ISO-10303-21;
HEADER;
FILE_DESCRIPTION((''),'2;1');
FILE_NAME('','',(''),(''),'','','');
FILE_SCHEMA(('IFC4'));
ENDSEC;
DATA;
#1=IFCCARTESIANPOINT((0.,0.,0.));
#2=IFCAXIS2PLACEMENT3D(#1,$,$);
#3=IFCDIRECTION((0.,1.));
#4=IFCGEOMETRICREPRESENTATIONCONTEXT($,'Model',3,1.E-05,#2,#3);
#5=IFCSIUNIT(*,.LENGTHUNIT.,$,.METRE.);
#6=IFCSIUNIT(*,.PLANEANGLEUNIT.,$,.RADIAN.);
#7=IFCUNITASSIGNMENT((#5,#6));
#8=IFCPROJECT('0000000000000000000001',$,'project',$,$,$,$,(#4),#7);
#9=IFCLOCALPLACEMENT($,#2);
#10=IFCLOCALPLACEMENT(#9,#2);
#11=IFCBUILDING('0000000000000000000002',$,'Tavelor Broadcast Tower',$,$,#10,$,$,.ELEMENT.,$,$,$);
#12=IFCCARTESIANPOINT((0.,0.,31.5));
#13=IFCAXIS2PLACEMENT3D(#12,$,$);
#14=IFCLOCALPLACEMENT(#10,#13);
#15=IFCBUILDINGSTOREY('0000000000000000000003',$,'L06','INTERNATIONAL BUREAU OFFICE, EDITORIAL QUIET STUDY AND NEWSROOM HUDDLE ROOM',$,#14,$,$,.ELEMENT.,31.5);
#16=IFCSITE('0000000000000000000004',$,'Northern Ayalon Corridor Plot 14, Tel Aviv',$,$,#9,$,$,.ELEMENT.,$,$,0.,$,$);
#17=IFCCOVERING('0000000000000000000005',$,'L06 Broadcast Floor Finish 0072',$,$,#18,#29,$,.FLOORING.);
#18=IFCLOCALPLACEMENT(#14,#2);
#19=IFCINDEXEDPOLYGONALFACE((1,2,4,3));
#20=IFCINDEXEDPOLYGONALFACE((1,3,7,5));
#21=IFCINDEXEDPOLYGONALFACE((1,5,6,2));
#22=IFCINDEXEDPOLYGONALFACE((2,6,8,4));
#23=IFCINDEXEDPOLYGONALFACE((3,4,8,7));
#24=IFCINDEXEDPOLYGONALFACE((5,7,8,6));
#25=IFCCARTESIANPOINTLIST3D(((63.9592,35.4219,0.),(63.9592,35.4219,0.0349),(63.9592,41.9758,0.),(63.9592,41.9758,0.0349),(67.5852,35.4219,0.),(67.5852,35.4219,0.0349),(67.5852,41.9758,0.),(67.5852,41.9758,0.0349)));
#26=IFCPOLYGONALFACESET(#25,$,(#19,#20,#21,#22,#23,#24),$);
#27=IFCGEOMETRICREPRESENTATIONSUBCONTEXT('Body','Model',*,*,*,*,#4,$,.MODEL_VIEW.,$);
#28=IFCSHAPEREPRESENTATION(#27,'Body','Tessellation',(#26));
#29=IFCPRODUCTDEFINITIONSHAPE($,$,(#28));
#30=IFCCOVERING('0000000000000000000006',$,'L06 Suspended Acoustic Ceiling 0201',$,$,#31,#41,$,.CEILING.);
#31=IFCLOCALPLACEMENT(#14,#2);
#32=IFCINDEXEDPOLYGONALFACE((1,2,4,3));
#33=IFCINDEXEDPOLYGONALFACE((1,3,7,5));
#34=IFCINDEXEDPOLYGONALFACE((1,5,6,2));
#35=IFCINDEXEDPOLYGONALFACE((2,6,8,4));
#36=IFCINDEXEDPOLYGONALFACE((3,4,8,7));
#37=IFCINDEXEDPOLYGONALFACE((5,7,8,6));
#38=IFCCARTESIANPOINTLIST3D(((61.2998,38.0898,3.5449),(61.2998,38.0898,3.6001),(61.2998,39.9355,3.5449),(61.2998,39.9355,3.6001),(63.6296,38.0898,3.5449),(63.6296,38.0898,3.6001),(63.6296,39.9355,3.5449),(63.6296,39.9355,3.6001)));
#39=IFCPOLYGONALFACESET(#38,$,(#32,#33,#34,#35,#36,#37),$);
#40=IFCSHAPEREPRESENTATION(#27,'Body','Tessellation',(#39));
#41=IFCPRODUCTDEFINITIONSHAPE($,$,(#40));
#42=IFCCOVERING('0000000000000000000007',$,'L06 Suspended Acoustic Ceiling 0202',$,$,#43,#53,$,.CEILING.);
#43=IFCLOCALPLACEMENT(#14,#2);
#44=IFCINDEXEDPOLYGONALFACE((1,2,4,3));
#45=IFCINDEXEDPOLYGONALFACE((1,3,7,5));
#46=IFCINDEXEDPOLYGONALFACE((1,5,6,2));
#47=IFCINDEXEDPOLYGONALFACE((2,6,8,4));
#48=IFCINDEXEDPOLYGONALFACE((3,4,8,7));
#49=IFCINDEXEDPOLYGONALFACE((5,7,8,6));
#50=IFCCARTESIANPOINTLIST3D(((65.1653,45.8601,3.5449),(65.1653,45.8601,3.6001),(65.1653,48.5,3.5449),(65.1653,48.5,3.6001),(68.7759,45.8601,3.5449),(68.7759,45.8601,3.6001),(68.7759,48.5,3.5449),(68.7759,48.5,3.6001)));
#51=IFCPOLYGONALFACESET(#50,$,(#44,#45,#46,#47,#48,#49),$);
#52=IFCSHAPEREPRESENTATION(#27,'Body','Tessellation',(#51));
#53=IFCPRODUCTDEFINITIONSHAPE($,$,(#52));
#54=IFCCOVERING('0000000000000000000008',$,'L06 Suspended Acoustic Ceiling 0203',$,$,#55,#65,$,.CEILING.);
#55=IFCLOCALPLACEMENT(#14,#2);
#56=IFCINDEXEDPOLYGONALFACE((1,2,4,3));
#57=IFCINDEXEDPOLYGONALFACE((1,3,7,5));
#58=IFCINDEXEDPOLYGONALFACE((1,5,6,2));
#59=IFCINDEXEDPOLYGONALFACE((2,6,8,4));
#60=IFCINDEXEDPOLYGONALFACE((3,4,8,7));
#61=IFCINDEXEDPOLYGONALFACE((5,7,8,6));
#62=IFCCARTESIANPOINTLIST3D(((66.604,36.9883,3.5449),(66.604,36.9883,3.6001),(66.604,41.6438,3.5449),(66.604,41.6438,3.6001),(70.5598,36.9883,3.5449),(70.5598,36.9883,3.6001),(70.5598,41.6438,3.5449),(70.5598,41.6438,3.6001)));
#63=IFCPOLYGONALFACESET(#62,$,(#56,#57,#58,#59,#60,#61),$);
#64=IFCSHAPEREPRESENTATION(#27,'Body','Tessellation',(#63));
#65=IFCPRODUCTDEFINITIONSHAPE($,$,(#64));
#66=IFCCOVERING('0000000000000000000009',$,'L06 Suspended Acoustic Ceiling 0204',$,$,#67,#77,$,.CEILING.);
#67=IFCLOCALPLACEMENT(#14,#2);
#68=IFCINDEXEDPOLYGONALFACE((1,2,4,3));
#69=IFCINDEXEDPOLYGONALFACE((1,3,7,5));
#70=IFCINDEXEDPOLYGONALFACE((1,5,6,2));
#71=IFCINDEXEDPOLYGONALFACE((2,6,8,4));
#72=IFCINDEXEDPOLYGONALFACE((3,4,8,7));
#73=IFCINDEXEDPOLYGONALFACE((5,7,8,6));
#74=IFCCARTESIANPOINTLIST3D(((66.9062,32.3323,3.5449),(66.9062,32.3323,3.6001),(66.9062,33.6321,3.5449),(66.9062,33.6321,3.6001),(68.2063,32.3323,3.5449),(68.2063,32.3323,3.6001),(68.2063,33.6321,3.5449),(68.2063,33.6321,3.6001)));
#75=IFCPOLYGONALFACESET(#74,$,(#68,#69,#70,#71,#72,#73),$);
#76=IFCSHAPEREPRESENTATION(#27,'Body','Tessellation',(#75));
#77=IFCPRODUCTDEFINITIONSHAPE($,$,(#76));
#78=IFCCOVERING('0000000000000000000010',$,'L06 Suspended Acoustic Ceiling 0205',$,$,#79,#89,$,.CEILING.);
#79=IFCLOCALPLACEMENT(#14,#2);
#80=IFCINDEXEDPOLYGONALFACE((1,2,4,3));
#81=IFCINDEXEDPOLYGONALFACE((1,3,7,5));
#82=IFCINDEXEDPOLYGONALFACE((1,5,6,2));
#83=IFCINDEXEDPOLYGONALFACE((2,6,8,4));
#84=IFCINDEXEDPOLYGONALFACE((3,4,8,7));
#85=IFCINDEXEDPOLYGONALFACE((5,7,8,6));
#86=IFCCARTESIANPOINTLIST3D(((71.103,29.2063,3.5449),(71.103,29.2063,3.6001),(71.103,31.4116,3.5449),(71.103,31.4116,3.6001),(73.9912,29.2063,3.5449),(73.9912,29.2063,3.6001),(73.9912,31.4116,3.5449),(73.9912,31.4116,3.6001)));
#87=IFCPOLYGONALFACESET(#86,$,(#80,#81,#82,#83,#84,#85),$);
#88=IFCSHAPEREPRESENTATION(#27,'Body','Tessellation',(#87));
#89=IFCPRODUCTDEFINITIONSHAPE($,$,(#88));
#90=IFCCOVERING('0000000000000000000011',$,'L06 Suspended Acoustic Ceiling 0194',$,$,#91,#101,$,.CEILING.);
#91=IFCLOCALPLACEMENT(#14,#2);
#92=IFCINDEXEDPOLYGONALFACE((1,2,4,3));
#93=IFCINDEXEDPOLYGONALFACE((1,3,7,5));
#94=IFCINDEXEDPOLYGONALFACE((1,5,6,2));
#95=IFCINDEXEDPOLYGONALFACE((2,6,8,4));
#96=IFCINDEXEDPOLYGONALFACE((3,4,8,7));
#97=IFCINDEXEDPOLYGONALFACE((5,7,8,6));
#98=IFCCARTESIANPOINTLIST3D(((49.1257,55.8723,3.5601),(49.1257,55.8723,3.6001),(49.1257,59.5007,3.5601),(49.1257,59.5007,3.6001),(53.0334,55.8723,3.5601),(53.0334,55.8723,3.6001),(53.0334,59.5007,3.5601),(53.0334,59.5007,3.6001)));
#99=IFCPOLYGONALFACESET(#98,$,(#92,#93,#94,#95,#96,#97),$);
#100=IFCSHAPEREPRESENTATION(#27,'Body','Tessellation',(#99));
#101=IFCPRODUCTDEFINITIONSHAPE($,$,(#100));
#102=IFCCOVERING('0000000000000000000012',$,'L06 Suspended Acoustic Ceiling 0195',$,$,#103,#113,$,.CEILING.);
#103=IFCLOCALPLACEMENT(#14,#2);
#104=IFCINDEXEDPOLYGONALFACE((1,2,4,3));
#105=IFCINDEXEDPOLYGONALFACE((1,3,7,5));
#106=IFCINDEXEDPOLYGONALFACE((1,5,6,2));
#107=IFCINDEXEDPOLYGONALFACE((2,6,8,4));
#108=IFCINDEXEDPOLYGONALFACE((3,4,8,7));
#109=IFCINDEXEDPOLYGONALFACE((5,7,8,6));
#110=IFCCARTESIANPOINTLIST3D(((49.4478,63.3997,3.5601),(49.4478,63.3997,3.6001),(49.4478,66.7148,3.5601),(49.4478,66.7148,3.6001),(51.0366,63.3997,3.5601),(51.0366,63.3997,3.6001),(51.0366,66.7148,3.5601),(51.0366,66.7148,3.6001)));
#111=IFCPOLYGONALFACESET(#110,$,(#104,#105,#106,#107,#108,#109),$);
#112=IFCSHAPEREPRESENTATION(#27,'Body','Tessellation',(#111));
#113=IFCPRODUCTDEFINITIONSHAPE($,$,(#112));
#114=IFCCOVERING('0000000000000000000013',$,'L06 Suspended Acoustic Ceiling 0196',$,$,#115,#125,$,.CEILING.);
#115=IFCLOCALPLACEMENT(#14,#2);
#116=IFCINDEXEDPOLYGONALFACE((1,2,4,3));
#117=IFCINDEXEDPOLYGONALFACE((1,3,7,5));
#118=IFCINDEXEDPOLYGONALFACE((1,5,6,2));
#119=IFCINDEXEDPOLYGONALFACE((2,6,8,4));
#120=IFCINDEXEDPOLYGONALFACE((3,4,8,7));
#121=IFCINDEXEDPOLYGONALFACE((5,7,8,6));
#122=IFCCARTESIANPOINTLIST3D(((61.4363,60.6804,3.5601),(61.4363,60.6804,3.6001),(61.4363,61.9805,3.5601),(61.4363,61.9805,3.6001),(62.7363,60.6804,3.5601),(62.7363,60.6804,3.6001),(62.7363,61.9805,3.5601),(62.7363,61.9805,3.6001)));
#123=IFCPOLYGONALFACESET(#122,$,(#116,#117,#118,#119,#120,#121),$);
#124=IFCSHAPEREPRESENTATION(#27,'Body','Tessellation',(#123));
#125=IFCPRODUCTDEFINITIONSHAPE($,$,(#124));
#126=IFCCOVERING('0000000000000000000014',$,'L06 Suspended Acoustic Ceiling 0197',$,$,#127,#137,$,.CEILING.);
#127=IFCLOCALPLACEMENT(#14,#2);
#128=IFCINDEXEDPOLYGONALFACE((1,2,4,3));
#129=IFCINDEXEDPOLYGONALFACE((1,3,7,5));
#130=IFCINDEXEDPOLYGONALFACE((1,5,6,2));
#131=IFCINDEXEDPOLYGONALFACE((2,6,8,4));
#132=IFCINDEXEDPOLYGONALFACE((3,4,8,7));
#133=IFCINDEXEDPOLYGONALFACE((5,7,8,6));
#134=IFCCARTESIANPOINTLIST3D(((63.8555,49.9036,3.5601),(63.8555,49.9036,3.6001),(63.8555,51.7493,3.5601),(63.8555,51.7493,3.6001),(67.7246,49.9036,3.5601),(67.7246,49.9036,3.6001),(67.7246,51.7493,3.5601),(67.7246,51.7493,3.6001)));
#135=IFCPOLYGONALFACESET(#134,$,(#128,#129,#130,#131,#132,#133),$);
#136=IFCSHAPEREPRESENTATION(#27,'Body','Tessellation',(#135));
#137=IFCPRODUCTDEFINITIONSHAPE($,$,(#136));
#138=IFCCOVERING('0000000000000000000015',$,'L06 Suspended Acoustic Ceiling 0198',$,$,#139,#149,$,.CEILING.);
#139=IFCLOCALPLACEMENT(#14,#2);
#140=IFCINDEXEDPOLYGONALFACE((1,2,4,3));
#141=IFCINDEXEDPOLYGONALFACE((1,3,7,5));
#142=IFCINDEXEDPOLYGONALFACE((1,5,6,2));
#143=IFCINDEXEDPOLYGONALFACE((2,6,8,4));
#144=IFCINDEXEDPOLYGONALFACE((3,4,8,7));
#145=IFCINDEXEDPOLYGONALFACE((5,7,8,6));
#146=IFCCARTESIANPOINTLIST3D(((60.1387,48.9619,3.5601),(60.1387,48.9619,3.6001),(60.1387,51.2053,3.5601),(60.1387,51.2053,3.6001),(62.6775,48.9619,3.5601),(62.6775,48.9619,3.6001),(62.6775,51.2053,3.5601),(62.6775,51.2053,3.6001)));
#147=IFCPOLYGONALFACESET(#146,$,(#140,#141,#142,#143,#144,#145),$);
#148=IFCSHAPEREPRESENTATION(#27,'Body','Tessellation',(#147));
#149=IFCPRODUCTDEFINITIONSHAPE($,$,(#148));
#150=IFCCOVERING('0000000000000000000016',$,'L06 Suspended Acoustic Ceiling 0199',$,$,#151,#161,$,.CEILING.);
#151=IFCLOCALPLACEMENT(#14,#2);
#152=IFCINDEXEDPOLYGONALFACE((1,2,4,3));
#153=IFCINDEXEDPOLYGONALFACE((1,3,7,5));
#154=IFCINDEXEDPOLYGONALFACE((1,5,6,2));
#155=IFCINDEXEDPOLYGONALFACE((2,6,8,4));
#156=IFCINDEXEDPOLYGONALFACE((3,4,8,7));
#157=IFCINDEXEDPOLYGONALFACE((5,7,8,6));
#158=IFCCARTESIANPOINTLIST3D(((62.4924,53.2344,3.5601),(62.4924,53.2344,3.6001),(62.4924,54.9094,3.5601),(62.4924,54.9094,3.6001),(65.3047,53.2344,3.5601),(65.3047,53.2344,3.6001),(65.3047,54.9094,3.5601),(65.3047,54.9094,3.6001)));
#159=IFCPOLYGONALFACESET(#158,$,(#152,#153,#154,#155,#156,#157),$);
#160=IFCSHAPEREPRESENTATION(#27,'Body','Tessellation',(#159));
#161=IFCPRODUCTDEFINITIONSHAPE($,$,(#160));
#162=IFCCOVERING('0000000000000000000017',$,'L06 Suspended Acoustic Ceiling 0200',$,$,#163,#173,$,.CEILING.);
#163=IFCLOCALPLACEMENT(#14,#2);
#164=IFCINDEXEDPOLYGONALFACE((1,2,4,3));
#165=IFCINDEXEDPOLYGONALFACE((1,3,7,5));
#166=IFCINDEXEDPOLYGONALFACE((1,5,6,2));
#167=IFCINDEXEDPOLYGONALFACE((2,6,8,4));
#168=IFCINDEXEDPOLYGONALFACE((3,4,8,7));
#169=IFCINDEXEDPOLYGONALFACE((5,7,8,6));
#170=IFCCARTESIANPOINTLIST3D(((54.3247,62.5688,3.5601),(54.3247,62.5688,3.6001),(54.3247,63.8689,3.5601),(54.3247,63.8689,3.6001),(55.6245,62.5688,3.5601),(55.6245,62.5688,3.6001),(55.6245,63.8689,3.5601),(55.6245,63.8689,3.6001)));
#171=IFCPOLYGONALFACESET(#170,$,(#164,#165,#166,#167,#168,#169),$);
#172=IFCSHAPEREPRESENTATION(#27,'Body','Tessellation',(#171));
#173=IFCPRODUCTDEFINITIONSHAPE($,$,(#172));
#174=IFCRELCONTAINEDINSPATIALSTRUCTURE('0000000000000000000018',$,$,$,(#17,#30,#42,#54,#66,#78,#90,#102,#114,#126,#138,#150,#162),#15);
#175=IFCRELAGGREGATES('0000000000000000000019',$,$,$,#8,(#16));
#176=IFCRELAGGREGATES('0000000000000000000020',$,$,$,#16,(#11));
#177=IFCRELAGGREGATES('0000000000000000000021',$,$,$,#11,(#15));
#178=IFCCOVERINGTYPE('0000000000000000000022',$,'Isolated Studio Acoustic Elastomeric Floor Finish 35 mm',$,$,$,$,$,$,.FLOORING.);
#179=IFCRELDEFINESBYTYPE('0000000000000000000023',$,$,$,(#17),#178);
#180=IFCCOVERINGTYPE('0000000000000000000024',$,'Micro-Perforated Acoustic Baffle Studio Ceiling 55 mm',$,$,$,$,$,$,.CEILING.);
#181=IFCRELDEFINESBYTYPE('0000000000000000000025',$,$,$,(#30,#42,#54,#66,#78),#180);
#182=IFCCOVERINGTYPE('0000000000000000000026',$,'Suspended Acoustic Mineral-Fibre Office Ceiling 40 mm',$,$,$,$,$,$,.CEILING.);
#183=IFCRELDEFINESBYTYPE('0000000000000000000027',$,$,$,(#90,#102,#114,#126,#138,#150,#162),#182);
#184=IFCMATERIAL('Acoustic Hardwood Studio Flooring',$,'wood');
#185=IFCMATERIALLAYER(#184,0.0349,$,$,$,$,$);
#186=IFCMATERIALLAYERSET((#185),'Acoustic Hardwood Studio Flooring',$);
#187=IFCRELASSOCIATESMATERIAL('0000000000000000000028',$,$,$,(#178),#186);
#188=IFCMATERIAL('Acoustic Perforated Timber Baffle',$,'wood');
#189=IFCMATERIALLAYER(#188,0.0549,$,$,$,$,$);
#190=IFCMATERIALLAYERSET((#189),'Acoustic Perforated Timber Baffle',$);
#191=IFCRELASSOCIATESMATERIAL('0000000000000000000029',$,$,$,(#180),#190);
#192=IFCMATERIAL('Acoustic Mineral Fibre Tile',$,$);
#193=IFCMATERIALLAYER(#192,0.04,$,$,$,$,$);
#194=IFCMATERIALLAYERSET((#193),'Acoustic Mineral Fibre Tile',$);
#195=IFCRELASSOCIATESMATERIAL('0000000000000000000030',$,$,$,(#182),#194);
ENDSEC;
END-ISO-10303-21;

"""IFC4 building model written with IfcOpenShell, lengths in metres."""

from ifc_helpers import new_model, si_unit, direction, frame, origin, place, context, subcontext, project, spatial, polyline, outline, extrude, material, layer, layer_set, type_object, element, save


model = new_model("IFC4")

# Units and contexts
model_context = context("Model", 3, precision=1e-05, world=origin(), true_north=direction((0.0, 1.0)))
body_context = subcontext(model_context, "Body", "Model", "MODEL_VIEW")
ifc_project = project(units=[si_unit("LENGTHUNIT", "METRE"), si_unit("PLANEANGLEUNIT", "RADIAN")], contexts=[model_context])

# Site, building, storey
site_placement = place(None, origin())
site = spatial("IfcSite", under=ifc_project, at=site_placement, Name="Northern Ayalon Corridor Plot 14, Tel Aviv", CompositionType="ELEMENT", RefElevation=0.0)
building_placement = place(site_placement, origin())
building = spatial("IfcBuilding", under=site, at=building_placement, Name="Tavelor Broadcast Tower", CompositionType="ELEMENT")
storey_placement = place(building_placement, frame((0.0, 0.0, 31.5)))
storey = spatial("IfcBuildingStorey", under=building, at=storey_placement, Name="L06", Description="INTERNATIONAL BUREAU OFFICE, EDITORIAL QUIET STUDY AND NEWSROOM HUDDLE ROOM", CompositionType="ELEMENT", Elevation=31.5)

# Coverings
ifc_material_1 = material(Name="Acoustic Hardwood Studio Flooring", Category="wood")
ifc_layer_1 = layer(ifc_material_1, 0.0349)
ifc_layer_set_1 = layer_set([ifc_layer_1], Name="Acoustic Hardwood Studio Flooring")
covering_type_1 = type_object("IfcCoveringType", Name="Isolated Studio Acoustic Elastomeric Floor Finish 35 mm", PredefinedType="FLOORING", material=ifc_layer_set_1)
covering_1_placement = place(storey_placement, origin())
element("IfcCovering", 1, at=covering_1_placement, inside=storey, type_object=covering_type_1, Name="L06 Broadcast Floor Finish 0072", PredefinedType="FLOORING", context=body_context, shape_type="SweptSolid", body=[
    extrude(outline(polyline([(63.9592, 35.4219), (67.5852, 35.4219), (67.5852, 41.9758), (63.9592, 41.9758), (63.9592, 35.4219)])), origin(), (0.0, 0.0, 1.0), 0.0349),
])
ifc_material_2 = material(Name="Acoustic Perforated Timber Baffle", Category="wood")
ifc_layer_2 = layer(ifc_material_2, 0.0549)
ifc_layer_set_2 = layer_set([ifc_layer_2], Name="Acoustic Perforated Timber Baffle")
covering_type_2 = type_object("IfcCoveringType", Name="Micro-Perforated Acoustic Baffle Studio Ceiling 55 mm", PredefinedType="CEILING", material=ifc_layer_set_2)
covering_2_placement = place(storey_placement, frame((0.0, 0.0, 3.5449)))
element("IfcCovering", 2, at=covering_2_placement, inside=storey, type_object=covering_type_2, Name="L06 Suspended Acoustic Ceiling 0201", PredefinedType="CEILING", context=body_context, shape_type="SweptSolid", body=[
    extrude(outline(polyline([(61.2998, 38.0898), (63.6296, 38.0898), (63.6296, 39.9355), (61.2998, 39.9355), (61.2998, 38.0898)])), origin(), (0.0, 0.0, 1.0), 0.0552),
])
covering_3_placement = place(storey_placement, frame((0.0, 0.0, 3.5449)))
element("IfcCovering", 3, at=covering_3_placement, inside=storey, type_object=covering_type_2, Name="L06 Suspended Acoustic Ceiling 0202", PredefinedType="CEILING", context=body_context, shape_type="SweptSolid", body=[
    extrude(outline(polyline([(65.1653, 45.8601), (68.7759, 45.8601), (68.7759, 48.5), (65.1653, 48.5), (65.1653, 45.8601)])), origin(), (0.0, 0.0, 1.0), 0.0552),
])
covering_4_placement = place(storey_placement, frame((0.0, 0.0, 3.5449)))
element("IfcCovering", 4, at=covering_4_placement, inside=storey, type_object=covering_type_2, Name="L06 Suspended Acoustic Ceiling 0203", PredefinedType="CEILING", context=body_context, shape_type="SweptSolid", body=[
    extrude(outline(polyline([(66.604, 36.9883), (70.5598, 36.9883), (70.5598, 41.6438), (66.604, 41.6438), (66.604, 36.9883)])), origin(), (0.0, 0.0, 1.0), 0.0552),
])
covering_5_placement = place(storey_placement, frame((0.0, 0.0, 3.5449)))
element("IfcCovering", 5, at=covering_5_placement, inside=storey, type_object=covering_type_2, Name="L06 Suspended Acoustic Ceiling 0204", PredefinedType="CEILING", context=body_context, shape_type="SweptSolid", body=[
    extrude(outline(polyline([(66.9062, 32.3323), (68.2063, 32.3323), (68.2063, 33.6321), (66.9062, 33.6321), (66.9062, 32.3323)])), origin(), (0.0, 0.0, 1.0), 0.0552),
])
covering_6_placement = place(storey_placement, frame((0.0, 0.0, 3.5449)))
element("IfcCovering", 6, at=covering_6_placement, inside=storey, type_object=covering_type_2, Name="L06 Suspended Acoustic Ceiling 0205", PredefinedType="CEILING", context=body_context, shape_type="SweptSolid", body=[
    extrude(outline(polyline([(71.103, 29.2063), (73.9912, 29.2063), (73.9912, 31.4116), (71.103, 31.4116), (71.103, 29.2063)])), origin(), (0.0, 0.0, 1.0), 0.0552),
])
ifc_material_3 = material(Name="Acoustic Mineral Fibre Tile")
ifc_layer_3 = layer(ifc_material_3, 0.04)
ifc_layer_set_3 = layer_set([ifc_layer_3], Name="Acoustic Mineral Fibre Tile")
covering_type_3 = type_object("IfcCoveringType", Name="Suspended Acoustic Mineral-Fibre Office Ceiling 40 mm", PredefinedType="CEILING", material=ifc_layer_set_3)
covering_7_placement = place(storey_placement, frame((0.0, 0.0, 3.5601)))
element("IfcCovering", 7, at=covering_7_placement, inside=storey, type_object=covering_type_3, Name="L06 Suspended Acoustic Ceiling 0194", PredefinedType="CEILING", context=body_context, shape_type="SweptSolid", body=[
    extrude(outline(polyline([(49.1257, 55.8723), (53.0334, 55.8723), (53.0334, 59.5007), (49.1257, 59.5007), (49.1257, 55.8723)])), origin(), (0.0, 0.0, 1.0), 0.04),
])
covering_8_placement = place(storey_placement, frame((0.0, 0.0, 3.5601)))
element("IfcCovering", 8, at=covering_8_placement, inside=storey, type_object=covering_type_3, Name="L06 Suspended Acoustic Ceiling 0195", PredefinedType="CEILING", context=body_context, shape_type="SweptSolid", body=[
    extrude(outline(polyline([(49.4478, 63.3997), (51.0366, 63.3997), (51.0366, 66.7148), (49.4478, 66.7148), (49.4478, 63.3997)])), origin(), (0.0, 0.0, 1.0), 0.04),
])
covering_9_placement = place(storey_placement, frame((0.0, 0.0, 3.5601)))
element("IfcCovering", 9, at=covering_9_placement, inside=storey, type_object=covering_type_3, Name="L06 Suspended Acoustic Ceiling 0196", PredefinedType="CEILING", context=body_context, shape_type="SweptSolid", body=[
    extrude(outline(polyline([(61.4363, 60.6804), (62.7363, 60.6804), (62.7363, 61.9805), (61.4363, 61.9805), (61.4363, 60.6804)])), origin(), (0.0, 0.0, 1.0), 0.04),
])
covering_10_placement = place(storey_placement, frame((0.0, 0.0, 3.5601)))
element("IfcCovering", 10, at=covering_10_placement, inside=storey, type_object=covering_type_3, Name="L06 Suspended Acoustic Ceiling 0197", PredefinedType="CEILING", context=body_context, shape_type="SweptSolid", body=[
    extrude(outline(polyline([(63.8555, 49.9036), (67.7246, 49.9036), (67.7246, 51.7493), (63.8555, 51.7493), (63.8555, 49.9036)])), origin(), (0.0, 0.0, 1.0), 0.04),
])
covering_11_placement = place(storey_placement, frame((0.0, 0.0, 3.5601)))
element("IfcCovering", 11, at=covering_11_placement, inside=storey, type_object=covering_type_3, Name="L06 Suspended Acoustic Ceiling 0198", PredefinedType="CEILING", context=body_context, shape_type="SweptSolid", body=[
    extrude(outline(polyline([(60.1387, 48.9619), (62.6775, 48.9619), (62.6775, 51.2053), (60.1387, 51.2053), (60.1387, 48.9619)])), origin(), (0.0, 0.0, 1.0), 0.04),
])
covering_12_placement = place(storey_placement, frame((0.0, 0.0, 3.5601)))
element("IfcCovering", 12, at=covering_12_placement, inside=storey, type_object=covering_type_3, Name="L06 Suspended Acoustic Ceiling 0199", PredefinedType="CEILING", context=body_context, shape_type="SweptSolid", body=[
    extrude(outline(polyline([(62.4924, 53.2344), (65.3047, 53.2344), (65.3047, 54.9094), (62.4924, 54.9094), (62.4924, 53.2344)])), origin(), (0.0, 0.0, 1.0), 0.04),
])
covering_13_placement = place(storey_placement, frame((0.0, 0.0, 3.5601)))
element("IfcCovering", 13, at=covering_13_placement, inside=storey, type_object=covering_type_3, Name="L06 Suspended Acoustic Ceiling 0200", PredefinedType="CEILING", context=body_context, shape_type="SweptSolid", body=[
    extrude(outline(polyline([(54.3247, 62.5688), (55.6245, 62.5688), (55.6245, 63.8689), (54.3247, 63.8689), (54.3247, 62.5688)])), origin(), (0.0, 0.0, 1.0), 0.04),
])

save(model, "model.ifc")
